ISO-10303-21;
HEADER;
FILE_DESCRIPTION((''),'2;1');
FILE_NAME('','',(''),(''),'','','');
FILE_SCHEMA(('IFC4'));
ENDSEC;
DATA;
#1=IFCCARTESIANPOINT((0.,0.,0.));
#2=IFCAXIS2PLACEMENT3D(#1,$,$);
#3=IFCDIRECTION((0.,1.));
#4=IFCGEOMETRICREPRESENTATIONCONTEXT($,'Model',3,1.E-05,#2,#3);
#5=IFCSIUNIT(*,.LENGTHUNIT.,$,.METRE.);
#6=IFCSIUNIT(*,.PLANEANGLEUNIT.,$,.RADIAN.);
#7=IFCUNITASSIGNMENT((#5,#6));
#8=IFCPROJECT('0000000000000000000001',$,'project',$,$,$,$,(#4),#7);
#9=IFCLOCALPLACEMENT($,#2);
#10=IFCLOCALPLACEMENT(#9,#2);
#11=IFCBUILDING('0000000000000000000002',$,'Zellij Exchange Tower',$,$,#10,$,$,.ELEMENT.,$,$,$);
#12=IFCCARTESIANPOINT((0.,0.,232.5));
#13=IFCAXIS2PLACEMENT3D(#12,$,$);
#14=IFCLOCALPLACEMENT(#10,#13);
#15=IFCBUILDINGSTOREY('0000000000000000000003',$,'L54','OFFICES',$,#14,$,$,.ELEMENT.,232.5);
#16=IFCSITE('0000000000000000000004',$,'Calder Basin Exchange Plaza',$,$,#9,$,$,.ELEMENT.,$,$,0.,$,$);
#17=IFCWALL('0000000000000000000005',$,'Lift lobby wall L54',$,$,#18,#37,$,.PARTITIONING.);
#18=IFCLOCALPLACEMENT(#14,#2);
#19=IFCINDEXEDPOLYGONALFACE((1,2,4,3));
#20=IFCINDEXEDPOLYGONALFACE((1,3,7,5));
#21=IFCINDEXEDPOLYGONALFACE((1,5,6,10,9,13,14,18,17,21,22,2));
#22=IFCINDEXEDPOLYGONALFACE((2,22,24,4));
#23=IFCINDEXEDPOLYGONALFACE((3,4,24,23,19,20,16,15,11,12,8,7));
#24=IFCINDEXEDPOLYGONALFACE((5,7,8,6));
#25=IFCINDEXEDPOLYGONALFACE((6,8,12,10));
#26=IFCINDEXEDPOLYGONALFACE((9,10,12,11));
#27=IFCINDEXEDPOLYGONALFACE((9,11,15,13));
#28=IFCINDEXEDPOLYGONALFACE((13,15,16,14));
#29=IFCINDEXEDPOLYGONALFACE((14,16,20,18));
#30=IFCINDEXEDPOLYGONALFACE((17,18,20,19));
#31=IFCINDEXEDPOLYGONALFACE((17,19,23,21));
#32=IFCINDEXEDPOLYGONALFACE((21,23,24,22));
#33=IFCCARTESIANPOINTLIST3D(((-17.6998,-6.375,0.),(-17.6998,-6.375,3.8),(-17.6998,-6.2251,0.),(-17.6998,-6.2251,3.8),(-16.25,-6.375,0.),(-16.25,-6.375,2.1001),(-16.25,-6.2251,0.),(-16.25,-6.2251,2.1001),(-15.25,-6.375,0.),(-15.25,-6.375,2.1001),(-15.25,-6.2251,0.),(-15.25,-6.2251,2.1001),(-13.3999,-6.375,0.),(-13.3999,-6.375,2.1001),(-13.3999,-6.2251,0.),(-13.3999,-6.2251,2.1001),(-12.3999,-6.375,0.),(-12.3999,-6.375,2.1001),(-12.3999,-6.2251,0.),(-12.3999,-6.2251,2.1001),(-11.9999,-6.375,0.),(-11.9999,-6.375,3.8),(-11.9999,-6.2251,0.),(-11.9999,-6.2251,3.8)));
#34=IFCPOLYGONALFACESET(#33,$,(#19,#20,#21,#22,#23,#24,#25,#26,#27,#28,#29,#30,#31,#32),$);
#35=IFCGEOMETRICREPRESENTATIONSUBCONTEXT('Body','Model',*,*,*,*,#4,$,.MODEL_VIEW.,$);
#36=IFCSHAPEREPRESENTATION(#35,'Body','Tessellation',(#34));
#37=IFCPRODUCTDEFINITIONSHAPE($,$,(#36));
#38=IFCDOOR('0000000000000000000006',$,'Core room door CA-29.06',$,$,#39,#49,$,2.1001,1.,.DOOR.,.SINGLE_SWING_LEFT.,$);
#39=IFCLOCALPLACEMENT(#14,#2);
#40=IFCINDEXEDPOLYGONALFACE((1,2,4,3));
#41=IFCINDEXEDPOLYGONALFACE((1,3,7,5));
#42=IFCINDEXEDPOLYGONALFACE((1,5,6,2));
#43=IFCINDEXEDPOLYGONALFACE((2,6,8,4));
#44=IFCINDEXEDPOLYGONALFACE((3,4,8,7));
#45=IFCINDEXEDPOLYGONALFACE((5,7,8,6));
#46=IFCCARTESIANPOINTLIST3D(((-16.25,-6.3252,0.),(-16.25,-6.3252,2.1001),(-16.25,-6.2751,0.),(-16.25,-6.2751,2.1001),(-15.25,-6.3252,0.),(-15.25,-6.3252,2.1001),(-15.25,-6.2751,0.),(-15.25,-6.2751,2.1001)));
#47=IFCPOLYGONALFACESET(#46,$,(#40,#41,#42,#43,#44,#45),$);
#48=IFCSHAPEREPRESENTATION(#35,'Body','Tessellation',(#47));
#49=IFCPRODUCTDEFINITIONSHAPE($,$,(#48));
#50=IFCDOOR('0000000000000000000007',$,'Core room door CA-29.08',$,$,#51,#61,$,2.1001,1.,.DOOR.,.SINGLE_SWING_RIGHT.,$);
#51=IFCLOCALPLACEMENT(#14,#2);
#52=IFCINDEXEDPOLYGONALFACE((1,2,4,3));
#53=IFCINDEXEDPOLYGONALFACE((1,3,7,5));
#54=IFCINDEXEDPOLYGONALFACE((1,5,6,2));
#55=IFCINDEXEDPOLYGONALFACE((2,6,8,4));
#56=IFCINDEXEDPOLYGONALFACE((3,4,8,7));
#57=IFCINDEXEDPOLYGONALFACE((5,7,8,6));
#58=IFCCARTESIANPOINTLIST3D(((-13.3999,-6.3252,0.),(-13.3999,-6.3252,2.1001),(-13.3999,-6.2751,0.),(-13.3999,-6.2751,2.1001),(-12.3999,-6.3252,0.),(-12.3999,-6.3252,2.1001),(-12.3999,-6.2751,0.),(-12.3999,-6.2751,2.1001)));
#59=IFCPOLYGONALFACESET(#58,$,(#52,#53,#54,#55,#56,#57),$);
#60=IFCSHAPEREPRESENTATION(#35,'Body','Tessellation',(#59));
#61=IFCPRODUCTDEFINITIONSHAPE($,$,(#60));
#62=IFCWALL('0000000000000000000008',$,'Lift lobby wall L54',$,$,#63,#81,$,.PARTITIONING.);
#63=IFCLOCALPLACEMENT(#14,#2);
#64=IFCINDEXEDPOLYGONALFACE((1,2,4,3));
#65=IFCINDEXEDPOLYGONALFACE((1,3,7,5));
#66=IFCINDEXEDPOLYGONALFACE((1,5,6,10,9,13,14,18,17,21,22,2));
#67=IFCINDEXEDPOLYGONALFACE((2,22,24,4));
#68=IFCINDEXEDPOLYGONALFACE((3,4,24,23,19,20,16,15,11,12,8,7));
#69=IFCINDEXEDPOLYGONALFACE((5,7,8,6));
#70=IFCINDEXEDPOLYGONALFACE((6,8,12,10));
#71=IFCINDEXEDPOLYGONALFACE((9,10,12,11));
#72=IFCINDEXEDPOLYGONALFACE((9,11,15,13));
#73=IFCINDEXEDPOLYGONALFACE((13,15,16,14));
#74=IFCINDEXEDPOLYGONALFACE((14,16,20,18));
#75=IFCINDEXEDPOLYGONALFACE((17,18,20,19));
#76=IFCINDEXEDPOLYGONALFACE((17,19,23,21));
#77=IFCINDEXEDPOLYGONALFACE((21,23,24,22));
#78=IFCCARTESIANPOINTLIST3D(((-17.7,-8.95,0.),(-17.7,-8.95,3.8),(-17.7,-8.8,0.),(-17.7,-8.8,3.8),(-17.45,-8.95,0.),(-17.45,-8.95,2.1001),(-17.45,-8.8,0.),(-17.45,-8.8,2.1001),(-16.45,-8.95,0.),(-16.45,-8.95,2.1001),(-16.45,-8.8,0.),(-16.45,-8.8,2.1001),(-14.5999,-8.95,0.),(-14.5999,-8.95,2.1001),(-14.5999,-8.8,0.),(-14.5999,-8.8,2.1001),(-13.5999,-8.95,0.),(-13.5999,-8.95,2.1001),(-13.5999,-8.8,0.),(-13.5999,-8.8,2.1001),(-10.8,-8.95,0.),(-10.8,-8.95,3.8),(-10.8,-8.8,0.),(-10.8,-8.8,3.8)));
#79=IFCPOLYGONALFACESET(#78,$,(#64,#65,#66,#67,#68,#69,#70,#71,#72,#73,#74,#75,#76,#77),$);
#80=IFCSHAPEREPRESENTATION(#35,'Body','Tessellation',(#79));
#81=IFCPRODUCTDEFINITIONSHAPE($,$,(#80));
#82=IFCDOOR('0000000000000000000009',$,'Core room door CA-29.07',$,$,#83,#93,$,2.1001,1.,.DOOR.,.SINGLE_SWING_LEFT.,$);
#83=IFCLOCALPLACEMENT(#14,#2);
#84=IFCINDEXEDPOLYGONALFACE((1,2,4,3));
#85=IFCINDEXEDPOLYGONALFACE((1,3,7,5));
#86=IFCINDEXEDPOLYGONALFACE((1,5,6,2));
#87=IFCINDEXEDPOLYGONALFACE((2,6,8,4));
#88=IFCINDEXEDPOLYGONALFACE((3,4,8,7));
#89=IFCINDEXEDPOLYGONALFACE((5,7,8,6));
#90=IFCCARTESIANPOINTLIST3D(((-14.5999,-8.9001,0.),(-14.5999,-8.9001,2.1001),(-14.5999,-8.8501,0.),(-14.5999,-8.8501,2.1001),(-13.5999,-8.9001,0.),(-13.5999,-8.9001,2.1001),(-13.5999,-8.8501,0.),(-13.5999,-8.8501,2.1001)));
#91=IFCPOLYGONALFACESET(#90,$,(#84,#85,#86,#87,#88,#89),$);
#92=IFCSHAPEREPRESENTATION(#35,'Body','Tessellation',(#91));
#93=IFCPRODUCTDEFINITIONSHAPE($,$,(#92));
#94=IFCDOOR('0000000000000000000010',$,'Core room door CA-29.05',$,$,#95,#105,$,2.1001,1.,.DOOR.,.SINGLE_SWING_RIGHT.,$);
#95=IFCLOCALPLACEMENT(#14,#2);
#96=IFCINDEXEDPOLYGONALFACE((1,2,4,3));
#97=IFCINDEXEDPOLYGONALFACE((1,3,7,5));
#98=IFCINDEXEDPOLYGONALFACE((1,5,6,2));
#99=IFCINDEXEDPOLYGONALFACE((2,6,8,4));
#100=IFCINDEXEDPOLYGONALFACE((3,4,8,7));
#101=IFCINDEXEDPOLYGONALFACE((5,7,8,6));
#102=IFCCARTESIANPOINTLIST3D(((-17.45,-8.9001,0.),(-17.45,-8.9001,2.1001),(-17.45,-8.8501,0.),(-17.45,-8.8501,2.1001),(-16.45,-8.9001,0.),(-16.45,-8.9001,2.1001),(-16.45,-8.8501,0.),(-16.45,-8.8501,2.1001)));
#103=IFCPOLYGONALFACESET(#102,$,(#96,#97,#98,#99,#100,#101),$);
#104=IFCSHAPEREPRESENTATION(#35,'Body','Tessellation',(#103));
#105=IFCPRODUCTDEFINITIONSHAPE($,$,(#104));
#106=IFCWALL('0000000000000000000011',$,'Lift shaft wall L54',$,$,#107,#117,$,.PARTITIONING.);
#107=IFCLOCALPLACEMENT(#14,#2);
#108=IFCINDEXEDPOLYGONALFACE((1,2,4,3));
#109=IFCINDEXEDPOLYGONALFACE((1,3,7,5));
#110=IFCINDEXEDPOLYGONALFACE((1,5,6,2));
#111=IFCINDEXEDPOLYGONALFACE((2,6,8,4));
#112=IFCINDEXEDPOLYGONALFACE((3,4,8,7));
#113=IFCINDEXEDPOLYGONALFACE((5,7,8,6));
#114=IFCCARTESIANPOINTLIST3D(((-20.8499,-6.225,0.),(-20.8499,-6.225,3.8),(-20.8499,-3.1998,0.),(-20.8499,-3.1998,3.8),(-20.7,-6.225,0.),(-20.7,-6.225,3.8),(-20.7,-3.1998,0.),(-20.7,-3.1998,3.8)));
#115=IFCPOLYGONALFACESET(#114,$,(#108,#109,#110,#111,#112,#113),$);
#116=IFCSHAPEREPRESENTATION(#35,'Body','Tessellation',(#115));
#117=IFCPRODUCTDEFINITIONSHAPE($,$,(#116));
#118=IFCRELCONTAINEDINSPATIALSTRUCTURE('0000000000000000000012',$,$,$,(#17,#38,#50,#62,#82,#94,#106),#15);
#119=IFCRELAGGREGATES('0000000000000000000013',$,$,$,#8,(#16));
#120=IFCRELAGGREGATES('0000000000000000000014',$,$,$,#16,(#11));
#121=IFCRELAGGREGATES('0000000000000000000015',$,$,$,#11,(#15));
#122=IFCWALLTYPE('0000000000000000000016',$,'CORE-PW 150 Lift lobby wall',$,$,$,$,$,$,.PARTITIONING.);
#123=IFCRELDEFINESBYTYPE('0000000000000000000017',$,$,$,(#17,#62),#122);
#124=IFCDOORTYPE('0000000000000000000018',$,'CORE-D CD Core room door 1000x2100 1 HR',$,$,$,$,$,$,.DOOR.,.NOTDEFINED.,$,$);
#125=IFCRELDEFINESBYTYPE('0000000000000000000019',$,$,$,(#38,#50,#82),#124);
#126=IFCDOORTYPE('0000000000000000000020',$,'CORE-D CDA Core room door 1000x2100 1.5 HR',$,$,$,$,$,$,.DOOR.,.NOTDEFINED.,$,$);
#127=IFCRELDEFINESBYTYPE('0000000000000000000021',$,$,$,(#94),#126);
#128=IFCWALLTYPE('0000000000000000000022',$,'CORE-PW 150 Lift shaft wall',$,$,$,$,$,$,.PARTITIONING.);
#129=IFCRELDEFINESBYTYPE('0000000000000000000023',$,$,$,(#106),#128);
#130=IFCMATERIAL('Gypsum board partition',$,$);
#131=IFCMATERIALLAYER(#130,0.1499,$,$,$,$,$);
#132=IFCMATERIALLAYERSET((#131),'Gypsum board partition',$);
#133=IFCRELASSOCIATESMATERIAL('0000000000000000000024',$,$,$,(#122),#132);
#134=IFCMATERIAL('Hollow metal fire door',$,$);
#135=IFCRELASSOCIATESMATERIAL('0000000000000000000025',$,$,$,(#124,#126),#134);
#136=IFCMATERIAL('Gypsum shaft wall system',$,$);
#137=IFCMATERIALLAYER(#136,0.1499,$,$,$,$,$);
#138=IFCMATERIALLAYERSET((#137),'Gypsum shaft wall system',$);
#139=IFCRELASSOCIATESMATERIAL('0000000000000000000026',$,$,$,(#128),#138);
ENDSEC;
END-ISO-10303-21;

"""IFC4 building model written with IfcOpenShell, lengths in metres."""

from ifc_helpers import new_model, si_unit, direction, frame, frame_2d, origin, place, context, subcontext, project, spatial, rectangle, extrude, material, layer, layer_set, type_object, element, fill, save


model = new_model("IFC4")

# Units and contexts
model_context = context("Model", 3, precision=1e-05, world=origin(), true_north=direction((0.0, 1.0)))
body_context = subcontext(model_context, "Body", "Model", "MODEL_VIEW")
ifc_project = project(units=[si_unit("LENGTHUNIT", "METRE"), si_unit("PLANEANGLEUNIT", "RADIAN")], contexts=[model_context])

# Site, building, storey
site_placement = place(None, origin())
site = spatial("IfcSite", under=ifc_project, at=site_placement, Name="Calder Basin Exchange Plaza", CompositionType="ELEMENT", RefElevation=0.0)
building_placement = place(site_placement, origin())
building = spatial("IfcBuilding", under=site, at=building_placement, Name="Zellij Exchange Tower", CompositionType="ELEMENT")
storey_placement = place(building_placement, frame((0.0, 0.0, 232.5)))
storey = spatial("IfcBuildingStorey", under=building, at=storey_placement, Name="L54", Description="OFFICES", CompositionType="ELEMENT", Elevation=232.5)

# Shared definitions
ifc_material_1 = material(Name="Gypsum board partition")
ifc_layer_1 = layer(ifc_material_1, 0.1499)
ifc_layer_set_1 = layer_set([ifc_layer_1], Name="Gypsum board partition")
wall_type_1 = type_object("IfcWallType", Name="CORE-PW 150 Lift lobby wall", PredefinedType="PARTITIONING", material=ifc_layer_set_1)

# Walls, openings, doors
wall_1_placement = place(storey_placement, frame((-17.7, -6.3, 0.0), z_axis=(0.0, 0.0, 1.0), x_axis=(1.0, 0.0, 0.0)))
wall_1 = element("IfcWall", 1, at=wall_1_placement, inside=storey, type_object=wall_type_1, Name="Lift lobby wall L54", PredefinedType="PARTITIONING", context=body_context, shape_type="SweptSolid", body=[
    extrude(rectangle(XDim=5.7, YDim=0.1499, at=frame_2d((2.8501, 0.0))), origin(), (0.0, 0.0, 1.0), 3.8),
])
opening_1_placement = place(wall_1_placement, frame((1.45, 0.0, 0.0)))
opening_1 = element("IfcOpeningElement", 2, at=opening_1_placement, cuts=wall_1, PredefinedType="OPENING", context=body_context, shape_type="SweptSolid", body=[
    extrude(rectangle(XDim=1.0, YDim=2.1001, at=frame_2d((0.5, 1.05))), frame((0.0, 0.0869, 0.0), z_axis=(0.0, -1.0, 0.0), x_axis=(1.0, 0.0, 0.0)), (0.0, 0.0, 1.0), 0.1738),
])
opening_2_placement = place(wall_1_placement, frame((4.3, 0.0, 0.0)))
opening_2 = element("IfcOpeningElement", 3, at=opening_2_placement, cuts=wall_1, PredefinedType="OPENING", context=body_context, shape_type="SweptSolid", body=[
    extrude(rectangle(XDim=1.0, YDim=2.1001, at=frame_2d((0.5, 1.05))), frame((0.0, 0.0869, 0.0), z_axis=(0.0, -1.0, 0.0), x_axis=(1.0, 0.0, 0.0)), (0.0, 0.0, 1.0), 0.1738),
])
ifc_material_2 = material(Name="Hollow metal fire door")
door_type_1 = type_object("IfcDoorType", Name="CORE-D CD Core room door 1000x2100 1 HR", OperationType="NOTDEFINED", PredefinedType="DOOR", material=ifc_material_2)
door_1_placement = place(opening_1_placement, origin())
door_1 = element("IfcDoor", 4, at=door_1_placement, inside=storey, type_object=door_type_1, Name="Core room door CA-29.06", OperationType="SINGLE_SWING_LEFT", OverallHeight=2.1001, OverallWidth=1.0, PredefinedType="DOOR", context=body_context, shape_type="SweptSolid", body=[
    extrude(rectangle(XDim=1.0, YDim=2.1001, at=frame_2d((0.5, 1.05))), frame((0.0, 0.0249, 0.0), z_axis=(0.0, -1.0, 0.0), x_axis=(1.0, 0.0, 0.0)), (0.0, 0.0, 1.0), 0.05),
])
fill(opening_1, door_1)
door_2_placement = place(opening_2_placement, origin())
door_2 = element("IfcDoor", 5, at=door_2_placement, inside=storey, type_object=door_type_1, Name="Core room door CA-29.08", OperationType="SINGLE_SWING_RIGHT", OverallHeight=2.1001, OverallWidth=1.0, PredefinedType="DOOR", context=body_context, shape_type="SweptSolid", body=[
    extrude(rectangle(XDim=1.0, YDim=2.1001, at=frame_2d((0.5, 1.05))), frame((0.0, 0.0249, 0.0), z_axis=(0.0, -1.0, 0.0), x_axis=(1.0, 0.0, 0.0)), (0.0, 0.0, 1.0), 0.05),
])
fill(opening_2, door_2)
wall_2_placement = place(storey_placement, frame((-17.7, -8.875, 0.0), z_axis=(0.0, 0.0, 1.0), x_axis=(1.0, 0.0, 0.0)))
wall_2 = element("IfcWall", 6, at=wall_2_placement, inside=storey, type_object=wall_type_1, Name="Lift lobby wall L54", PredefinedType="PARTITIONING", context=body_context, shape_type="SweptSolid", body=[
    extrude(rectangle(XDim=6.8999, YDim=0.1499, at=frame_2d((3.45, 0.0))), origin(), (0.0, 0.0, 1.0), 3.8),
])
opening_3_placement = place(wall_2_placement, frame((0.25, 0.0, 0.0)))
opening_3 = element("IfcOpeningElement", 7, at=opening_3_placement, cuts=wall_2, PredefinedType="OPENING", context=body_context, shape_type="SweptSolid", body=[
    extrude(rectangle(XDim=1.0, YDim=2.1001, at=frame_2d((0.5, 1.05))), frame((0.0, 0.0869, 0.0), z_axis=(0.0, -1.0, 0.0), x_axis=(1.0, 0.0, 0.0)), (0.0, 0.0, 1.0), 0.1738),
])
opening_4_placement = place(wall_2_placement, frame((3.1001, 0.0, 0.0)))
opening_4 = element("IfcOpeningElement", 8, at=opening_4_placement, cuts=wall_2, PredefinedType="OPENING", context=body_context, shape_type="SweptSolid", body=[
    extrude(rectangle(XDim=1.0, YDim=2.1001, at=frame_2d((0.5, 1.05))), frame((0.0, 0.0869, 0.0), z_axis=(0.0, -1.0, 0.0), x_axis=(1.0, 0.0, 0.0)), (0.0, 0.0, 1.0), 0.1738),
])
door_3_placement = place(opening_4_placement, origin())
door_3 = element("IfcDoor", 9, at=door_3_placement, inside=storey, type_object=door_type_1, Name="Core room door CA-29.07", OperationType="SINGLE_SWING_LEFT", OverallHeight=2.1001, OverallWidth=1.0, PredefinedType="DOOR", context=body_context, shape_type="SweptSolid", body=[
    extrude(rectangle(XDim=1.0, YDim=2.1001, at=frame_2d((0.5, 1.05))), frame((0.0, 0.0249, 0.0), z_axis=(0.0, -1.0, 0.0), x_axis=(1.0, 0.0, 0.0)), (0.0, 0.0, 1.0), 0.05),
])
fill(opening_4, door_3)
door_type_2 = type_object("IfcDoorType", Name="CORE-D CDA Core room door 1000x2100 1.5 HR", OperationType="NOTDEFINED", PredefinedType="DOOR", material=ifc_material_2)
door_4_placement = place(opening_3_placement, origin())
door_4 = element("IfcDoor", 10, at=door_4_placement, inside=storey, type_object=door_type_2, Name="Core room door CA-29.05", OperationType="SINGLE_SWING_RIGHT", OverallHeight=2.1001, OverallWidth=1.0, PredefinedType="DOOR", context=body_context, shape_type="SweptSolid", body=[
    extrude(rectangle(XDim=1.0, YDim=2.1001, at=frame_2d((0.5, 1.05))), frame((0.0, 0.0249, 0.0), z_axis=(0.0, -1.0, 0.0), x_axis=(1.0, 0.0, 0.0)), (0.0, 0.0, 1.0), 0.05),
])
fill(opening_3, door_4)

# Wall
ifc_material_3 = material(Name="Gypsum shaft wall system")
ifc_layer_2 = layer(ifc_material_3, 0.1499)
ifc_layer_set_2 = layer_set([ifc_layer_2], Name="Gypsum shaft wall system")
wall_type_2 = type_object("IfcWallType", Name="CORE-PW 150 Lift shaft wall", PredefinedType="PARTITIONING", material=ifc_layer_set_2)
wall_3_placement = place(storey_placement, frame((-20.7749, -6.2251, 0.0), z_axis=(0.0, 0.0, 1.0), x_axis=(0.0, 1.0, 0.0)))
element("IfcWall", 11, at=wall_3_placement, inside=storey, type_object=wall_type_2, Name="Lift shaft wall L54", PredefinedType="PARTITIONING", context=body_context, shape_type="SweptSolid", body=[
    extrude(rectangle(XDim=3.0251, YDim=0.1499, at=frame_2d((1.5127, 0.0))), origin(), (0.0, 0.0, 1.0), 3.8),
])

save(model, "model.ifc")
